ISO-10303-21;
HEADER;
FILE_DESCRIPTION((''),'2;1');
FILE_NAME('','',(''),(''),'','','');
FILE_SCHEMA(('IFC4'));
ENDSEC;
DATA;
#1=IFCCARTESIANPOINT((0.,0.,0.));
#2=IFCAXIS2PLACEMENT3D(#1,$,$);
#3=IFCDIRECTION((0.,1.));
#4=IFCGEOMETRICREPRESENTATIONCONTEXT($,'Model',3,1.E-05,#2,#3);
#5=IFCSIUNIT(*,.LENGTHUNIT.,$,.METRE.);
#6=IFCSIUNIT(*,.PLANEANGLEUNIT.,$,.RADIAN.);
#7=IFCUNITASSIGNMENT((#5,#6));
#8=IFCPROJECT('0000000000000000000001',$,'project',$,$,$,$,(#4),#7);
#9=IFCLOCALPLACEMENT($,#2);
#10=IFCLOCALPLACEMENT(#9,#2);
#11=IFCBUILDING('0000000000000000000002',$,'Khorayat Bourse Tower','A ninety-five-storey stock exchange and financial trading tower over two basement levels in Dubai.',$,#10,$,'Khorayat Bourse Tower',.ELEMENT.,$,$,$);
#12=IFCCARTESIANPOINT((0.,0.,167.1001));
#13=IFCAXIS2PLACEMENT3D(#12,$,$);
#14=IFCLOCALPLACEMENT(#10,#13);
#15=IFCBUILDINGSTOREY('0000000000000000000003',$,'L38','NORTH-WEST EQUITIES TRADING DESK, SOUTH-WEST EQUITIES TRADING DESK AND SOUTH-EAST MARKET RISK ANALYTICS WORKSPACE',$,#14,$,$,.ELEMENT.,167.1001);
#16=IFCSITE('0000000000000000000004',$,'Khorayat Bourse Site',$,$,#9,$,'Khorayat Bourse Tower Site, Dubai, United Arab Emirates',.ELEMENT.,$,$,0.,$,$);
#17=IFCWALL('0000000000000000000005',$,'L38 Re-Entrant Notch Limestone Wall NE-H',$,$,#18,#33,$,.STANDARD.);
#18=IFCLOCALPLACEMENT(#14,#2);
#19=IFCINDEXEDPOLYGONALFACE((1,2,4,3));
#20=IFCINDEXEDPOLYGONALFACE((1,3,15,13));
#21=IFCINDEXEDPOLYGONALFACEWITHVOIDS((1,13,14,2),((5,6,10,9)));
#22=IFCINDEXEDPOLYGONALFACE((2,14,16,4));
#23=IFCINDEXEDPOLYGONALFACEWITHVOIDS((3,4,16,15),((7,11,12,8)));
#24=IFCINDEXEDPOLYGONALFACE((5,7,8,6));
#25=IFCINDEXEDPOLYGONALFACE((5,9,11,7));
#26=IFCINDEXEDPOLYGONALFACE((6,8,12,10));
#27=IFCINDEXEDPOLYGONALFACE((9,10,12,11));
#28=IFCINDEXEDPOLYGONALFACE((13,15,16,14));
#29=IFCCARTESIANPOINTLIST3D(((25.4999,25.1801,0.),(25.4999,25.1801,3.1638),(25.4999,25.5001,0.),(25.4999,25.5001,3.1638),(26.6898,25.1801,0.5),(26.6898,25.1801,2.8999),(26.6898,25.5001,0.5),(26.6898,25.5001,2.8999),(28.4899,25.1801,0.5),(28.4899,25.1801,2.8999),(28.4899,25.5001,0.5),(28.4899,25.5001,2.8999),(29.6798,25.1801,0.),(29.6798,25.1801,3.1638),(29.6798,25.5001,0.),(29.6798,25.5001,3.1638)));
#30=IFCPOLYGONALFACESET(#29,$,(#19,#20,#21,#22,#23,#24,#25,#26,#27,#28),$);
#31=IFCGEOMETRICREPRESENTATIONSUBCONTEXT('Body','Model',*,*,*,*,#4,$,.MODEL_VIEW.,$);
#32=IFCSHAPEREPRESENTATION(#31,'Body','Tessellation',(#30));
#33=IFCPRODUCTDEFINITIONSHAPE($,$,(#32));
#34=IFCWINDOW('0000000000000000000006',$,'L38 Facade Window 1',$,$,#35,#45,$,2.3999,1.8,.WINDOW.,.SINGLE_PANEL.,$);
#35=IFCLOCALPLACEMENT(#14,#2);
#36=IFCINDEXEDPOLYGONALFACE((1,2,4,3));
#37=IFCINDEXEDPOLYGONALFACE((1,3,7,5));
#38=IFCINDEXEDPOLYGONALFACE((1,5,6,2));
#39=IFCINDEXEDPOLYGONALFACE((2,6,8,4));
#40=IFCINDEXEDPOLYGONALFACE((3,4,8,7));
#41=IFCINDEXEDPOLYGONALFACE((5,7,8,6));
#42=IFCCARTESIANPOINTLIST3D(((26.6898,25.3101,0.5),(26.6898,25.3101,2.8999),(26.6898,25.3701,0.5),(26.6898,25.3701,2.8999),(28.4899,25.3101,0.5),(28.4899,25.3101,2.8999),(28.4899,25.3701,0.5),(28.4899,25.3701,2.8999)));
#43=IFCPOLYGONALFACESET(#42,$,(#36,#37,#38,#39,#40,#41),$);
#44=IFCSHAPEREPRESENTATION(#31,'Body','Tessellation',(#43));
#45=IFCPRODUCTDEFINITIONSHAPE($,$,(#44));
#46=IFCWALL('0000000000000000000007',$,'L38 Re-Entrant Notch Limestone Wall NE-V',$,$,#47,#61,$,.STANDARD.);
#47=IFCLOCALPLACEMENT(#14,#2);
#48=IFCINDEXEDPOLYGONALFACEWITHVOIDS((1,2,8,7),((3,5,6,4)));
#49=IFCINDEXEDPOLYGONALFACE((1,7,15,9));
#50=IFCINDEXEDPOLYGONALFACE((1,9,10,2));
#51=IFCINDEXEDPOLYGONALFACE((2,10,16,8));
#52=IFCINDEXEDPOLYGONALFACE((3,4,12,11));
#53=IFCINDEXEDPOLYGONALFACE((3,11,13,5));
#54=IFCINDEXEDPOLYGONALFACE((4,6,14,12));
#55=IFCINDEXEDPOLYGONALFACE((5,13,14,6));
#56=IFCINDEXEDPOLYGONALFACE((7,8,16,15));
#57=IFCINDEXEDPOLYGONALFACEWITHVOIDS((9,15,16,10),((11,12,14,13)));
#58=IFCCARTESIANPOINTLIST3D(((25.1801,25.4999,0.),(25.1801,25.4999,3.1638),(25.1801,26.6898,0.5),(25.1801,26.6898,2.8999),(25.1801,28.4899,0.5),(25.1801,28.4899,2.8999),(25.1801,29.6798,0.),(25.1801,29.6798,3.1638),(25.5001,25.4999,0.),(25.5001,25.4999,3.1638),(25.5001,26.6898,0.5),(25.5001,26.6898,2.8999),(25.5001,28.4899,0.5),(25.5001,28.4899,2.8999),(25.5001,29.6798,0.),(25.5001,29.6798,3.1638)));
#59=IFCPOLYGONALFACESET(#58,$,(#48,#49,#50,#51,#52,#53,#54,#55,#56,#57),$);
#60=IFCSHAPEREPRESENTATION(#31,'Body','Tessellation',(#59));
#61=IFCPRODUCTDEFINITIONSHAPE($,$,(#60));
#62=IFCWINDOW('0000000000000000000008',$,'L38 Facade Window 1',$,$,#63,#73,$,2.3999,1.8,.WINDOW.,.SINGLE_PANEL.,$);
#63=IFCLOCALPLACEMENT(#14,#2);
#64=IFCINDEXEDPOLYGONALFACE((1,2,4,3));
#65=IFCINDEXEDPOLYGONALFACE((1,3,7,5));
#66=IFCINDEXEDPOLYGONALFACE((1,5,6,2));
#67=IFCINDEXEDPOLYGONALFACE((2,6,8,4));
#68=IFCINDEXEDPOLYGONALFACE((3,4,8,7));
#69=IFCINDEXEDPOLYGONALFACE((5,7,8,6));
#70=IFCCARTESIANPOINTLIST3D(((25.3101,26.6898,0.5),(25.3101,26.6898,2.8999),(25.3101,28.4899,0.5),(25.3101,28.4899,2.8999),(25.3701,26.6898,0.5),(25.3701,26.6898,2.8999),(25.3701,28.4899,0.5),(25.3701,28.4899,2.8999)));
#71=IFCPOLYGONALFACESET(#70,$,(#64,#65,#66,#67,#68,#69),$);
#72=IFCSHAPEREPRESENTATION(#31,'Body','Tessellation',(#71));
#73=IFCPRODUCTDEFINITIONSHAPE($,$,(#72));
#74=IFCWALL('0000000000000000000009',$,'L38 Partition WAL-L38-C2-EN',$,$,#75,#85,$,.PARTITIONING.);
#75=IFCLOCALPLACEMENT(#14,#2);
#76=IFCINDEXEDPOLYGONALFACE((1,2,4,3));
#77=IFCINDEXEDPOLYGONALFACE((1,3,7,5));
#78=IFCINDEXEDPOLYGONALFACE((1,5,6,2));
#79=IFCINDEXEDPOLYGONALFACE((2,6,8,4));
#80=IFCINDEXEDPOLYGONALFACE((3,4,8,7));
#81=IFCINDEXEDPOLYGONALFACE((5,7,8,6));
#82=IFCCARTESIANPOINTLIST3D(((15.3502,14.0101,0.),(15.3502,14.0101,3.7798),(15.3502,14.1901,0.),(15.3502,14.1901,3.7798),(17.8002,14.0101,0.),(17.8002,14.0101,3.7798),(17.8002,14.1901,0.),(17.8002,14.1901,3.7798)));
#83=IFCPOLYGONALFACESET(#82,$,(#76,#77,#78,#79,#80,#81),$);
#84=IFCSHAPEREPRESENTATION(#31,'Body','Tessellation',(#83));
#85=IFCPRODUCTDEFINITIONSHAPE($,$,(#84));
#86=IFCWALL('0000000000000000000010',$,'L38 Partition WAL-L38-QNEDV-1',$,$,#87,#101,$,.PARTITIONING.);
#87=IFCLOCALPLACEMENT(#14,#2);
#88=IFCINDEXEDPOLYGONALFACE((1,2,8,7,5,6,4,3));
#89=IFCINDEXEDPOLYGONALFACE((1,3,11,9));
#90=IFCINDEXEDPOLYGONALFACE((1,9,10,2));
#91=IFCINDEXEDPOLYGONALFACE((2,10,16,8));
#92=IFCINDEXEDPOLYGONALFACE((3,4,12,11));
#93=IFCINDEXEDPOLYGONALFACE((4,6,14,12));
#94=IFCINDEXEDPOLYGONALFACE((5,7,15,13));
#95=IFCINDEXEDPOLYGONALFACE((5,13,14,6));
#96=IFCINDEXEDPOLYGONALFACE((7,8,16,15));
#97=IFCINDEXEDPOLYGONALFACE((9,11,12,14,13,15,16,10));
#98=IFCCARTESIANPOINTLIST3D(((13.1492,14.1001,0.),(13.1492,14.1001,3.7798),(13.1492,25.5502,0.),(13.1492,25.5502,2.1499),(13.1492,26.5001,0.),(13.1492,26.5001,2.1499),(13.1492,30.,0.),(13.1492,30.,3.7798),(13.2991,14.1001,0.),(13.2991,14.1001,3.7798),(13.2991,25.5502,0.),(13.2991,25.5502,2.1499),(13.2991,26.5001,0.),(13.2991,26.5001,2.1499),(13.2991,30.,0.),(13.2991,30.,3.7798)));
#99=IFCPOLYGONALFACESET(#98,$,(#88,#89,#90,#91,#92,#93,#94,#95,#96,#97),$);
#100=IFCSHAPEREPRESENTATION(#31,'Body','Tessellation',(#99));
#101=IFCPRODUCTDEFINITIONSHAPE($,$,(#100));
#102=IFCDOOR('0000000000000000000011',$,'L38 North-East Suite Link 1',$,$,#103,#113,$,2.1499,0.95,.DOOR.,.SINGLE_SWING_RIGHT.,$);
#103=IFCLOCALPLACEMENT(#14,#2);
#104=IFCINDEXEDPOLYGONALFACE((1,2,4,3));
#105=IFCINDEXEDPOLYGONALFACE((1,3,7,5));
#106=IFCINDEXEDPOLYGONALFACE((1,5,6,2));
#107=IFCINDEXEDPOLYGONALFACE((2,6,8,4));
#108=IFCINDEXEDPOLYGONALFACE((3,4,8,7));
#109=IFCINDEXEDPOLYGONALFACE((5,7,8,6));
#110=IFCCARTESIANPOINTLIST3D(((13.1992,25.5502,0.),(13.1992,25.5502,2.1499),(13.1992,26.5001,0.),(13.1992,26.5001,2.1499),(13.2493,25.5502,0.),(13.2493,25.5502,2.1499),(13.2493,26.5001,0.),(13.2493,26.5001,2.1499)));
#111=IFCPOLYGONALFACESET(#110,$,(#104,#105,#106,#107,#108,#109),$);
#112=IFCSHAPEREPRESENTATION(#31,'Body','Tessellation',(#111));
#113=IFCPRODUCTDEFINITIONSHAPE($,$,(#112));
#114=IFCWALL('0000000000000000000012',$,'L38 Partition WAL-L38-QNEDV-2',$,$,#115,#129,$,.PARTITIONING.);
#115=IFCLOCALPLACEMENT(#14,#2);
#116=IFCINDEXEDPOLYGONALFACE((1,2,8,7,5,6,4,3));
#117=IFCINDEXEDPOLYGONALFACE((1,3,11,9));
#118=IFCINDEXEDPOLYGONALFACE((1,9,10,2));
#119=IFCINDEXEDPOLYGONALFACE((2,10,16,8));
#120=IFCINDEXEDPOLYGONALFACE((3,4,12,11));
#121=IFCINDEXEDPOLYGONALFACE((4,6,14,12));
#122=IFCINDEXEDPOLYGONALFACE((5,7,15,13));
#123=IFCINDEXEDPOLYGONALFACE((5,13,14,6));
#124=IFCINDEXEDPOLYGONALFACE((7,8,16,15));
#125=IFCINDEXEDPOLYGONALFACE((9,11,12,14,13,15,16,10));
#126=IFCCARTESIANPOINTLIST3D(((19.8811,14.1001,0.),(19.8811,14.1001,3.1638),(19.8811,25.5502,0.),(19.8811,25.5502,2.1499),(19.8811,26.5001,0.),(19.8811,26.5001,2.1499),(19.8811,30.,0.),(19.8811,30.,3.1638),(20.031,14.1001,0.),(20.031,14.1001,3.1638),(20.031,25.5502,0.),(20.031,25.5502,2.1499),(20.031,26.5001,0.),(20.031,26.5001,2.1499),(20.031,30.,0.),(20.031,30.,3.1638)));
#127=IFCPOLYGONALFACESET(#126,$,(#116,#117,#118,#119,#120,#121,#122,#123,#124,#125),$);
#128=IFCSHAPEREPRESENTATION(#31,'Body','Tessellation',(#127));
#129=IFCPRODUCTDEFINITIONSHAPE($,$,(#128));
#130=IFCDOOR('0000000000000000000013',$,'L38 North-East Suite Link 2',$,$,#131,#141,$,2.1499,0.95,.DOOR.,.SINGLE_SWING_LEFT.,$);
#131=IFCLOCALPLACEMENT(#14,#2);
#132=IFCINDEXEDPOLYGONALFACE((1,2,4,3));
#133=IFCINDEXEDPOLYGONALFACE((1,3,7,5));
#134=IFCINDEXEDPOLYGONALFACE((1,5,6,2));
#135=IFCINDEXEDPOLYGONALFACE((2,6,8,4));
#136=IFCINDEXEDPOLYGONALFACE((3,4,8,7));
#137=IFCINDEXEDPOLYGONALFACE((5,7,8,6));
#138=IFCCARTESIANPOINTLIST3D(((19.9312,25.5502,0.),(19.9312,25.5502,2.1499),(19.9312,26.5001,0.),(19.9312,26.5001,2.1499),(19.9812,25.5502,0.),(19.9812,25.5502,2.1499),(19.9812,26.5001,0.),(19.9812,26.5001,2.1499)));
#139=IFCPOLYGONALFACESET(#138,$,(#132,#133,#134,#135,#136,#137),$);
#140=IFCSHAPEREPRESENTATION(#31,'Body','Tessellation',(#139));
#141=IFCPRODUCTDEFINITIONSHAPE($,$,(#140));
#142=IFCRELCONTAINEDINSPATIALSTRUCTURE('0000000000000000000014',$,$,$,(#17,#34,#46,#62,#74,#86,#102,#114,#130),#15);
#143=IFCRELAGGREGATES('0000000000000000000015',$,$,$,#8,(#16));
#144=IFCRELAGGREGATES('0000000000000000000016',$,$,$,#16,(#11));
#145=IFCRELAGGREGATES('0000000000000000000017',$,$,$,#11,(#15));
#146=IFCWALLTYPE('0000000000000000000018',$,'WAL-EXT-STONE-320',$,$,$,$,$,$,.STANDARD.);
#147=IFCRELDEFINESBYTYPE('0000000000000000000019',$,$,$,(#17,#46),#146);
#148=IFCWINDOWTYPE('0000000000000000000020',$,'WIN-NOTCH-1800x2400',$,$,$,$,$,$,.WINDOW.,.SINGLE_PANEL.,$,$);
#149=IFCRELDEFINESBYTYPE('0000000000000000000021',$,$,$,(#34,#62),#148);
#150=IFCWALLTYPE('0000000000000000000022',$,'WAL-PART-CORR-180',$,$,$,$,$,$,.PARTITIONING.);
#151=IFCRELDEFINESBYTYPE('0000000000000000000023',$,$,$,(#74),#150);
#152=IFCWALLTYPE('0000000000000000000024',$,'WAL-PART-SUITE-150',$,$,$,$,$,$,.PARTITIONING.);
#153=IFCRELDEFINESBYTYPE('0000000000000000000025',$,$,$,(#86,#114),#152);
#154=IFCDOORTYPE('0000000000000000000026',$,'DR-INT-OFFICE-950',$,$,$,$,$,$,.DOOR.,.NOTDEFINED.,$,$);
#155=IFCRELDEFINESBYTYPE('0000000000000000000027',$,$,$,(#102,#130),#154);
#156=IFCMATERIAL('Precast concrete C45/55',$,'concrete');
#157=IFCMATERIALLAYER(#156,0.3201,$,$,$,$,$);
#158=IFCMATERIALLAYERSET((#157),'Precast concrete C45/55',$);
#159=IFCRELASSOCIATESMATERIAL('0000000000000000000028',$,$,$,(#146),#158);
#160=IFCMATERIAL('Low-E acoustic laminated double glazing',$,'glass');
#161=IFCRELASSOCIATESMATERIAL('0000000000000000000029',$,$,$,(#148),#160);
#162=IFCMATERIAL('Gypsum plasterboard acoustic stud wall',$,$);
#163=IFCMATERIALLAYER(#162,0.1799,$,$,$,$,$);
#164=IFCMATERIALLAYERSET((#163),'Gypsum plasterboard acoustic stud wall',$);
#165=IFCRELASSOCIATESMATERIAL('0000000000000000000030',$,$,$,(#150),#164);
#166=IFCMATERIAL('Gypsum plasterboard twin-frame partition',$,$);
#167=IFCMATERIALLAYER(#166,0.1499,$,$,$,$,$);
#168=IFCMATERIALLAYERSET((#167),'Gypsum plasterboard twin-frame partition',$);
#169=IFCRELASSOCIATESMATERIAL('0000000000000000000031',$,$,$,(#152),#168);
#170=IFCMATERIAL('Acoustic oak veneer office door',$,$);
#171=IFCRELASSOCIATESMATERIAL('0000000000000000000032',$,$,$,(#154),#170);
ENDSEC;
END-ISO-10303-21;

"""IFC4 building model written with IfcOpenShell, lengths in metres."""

from ifc_helpers import new_model, si_unit, direction, frame, frame_2d, origin, place, context, subcontext, project, spatial, rectangle, extrude, source, transform, mapped, material, layer, layer_set, type_object, element, fill, save


model = new_model("IFC4")

# Units and contexts
model_context = context("Model", 3, precision=1e-05, world=origin(), true_north=direction((0.0, 1.0)))
body_context = subcontext(model_context, "Body", "Model", "MODEL_VIEW")
ifc_project = project(units=[si_unit("LENGTHUNIT", "METRE"), si_unit("PLANEANGLEUNIT", "RADIAN")], contexts=[model_context])

# Site, building, storey
site_placement = place(None, origin())
site = spatial("IfcSite", under=ifc_project, at=site_placement, Name="Khorayat Bourse Site", LongName="Khorayat Bourse Tower Site, Dubai, United Arab Emirates", CompositionType="ELEMENT", RefElevation=0.0)
building_placement = place(site_placement, origin())
building = spatial("IfcBuilding", under=site, at=building_placement, Name="Khorayat Bourse Tower", Description="A ninety-five-storey stock exchange and financial trading tower over two basement levels in Dubai.", LongName="Khorayat Bourse Tower", CompositionType="ELEMENT")
storey_placement = place(building_placement, frame((0.0, 0.0, 167.1001)))
storey = spatial("IfcBuildingStorey", under=building, at=storey_placement, Name="L38", Description="NORTH-WEST EQUITIES TRADING DESK, SOUTH-WEST EQUITIES TRADING DESK AND SOUTH-EAST MARKET RISK ANALYTICS WORKSPACE", CompositionType="ELEMENT", Elevation=167.1001)

# Walls, openings, windows
ifc_material_1 = material(Name="Precast concrete C45/55", Category="concrete")
ifc_layer_1 = layer(ifc_material_1, 0.3201)
ifc_layer_set_1 = layer_set([ifc_layer_1], Name="Precast concrete C45/55")
wall_type_1 = type_object("IfcWallType", Name="WAL-EXT-STONE-320", PredefinedType="STANDARD", material=ifc_layer_set_1)
shared_shape_1 = source(origin(), body_context, "Body", "SweptSolid", [
    extrude(rectangle(XDim=4.1799, YDim=0.3201, at=frame_2d((2.0898, 0.0))), origin(), (0.0, 0.0, 1.0), 3.1638),
])
wall_1_placement = place(storey_placement, frame((25.5, 25.3401, 0.0), z_axis=(0.0, 0.0, 1.0), x_axis=(1.0, 0.0, 0.0)))
wall_1 = element("IfcWall", 1, at=wall_1_placement, inside=storey, type_object=wall_type_1, Name="L38 Re-Entrant Notch Limestone Wall NE-H", PredefinedType="STANDARD", context=body_context, shape_type="MappedRepresentation", body=[
    mapped(shared_shape_1, transform((0.0, 0.0, 0.0), scale=1.0)),
])
shared_shape_2 = source(origin(), body_context, "Body", "SweptSolid", [
    extrude(rectangle(XDim=1.8, YDim=2.3999, at=frame_2d((0.8999, 1.2))), frame((0.0, 0.1699, 0.0), z_axis=(0.0, -1.0, 0.0), x_axis=(1.0, 0.0, 0.0)), (0.0, 0.0, 1.0), 0.3401),
])
opening_1_placement = place(wall_1_placement, frame((1.1899, 0.0, 0.5)))
opening_1 = element("IfcOpeningElement", 2, at=opening_1_placement, cuts=wall_1, PredefinedType="OPENING", context=body_context, shape_type="MappedRepresentation", body=[
    mapped(shared_shape_2, transform((0.0, 0.0, 0.0), scale=1.0)),
])
ifc_material_2 = material(Name="Low-E acoustic laminated double glazing", Category="glass")
window_type = type_object("IfcWindowType", Name="WIN-NOTCH-1800x2400", PartitioningType="SINGLE_PANEL", PredefinedType="WINDOW", material=ifc_material_2)
shared_shape_3 = source(origin(), body_context, "Body", "SweptSolid", [
    extrude(rectangle(XDim=1.8, YDim=2.3999, at=frame_2d((0.8999, 1.2))), frame((0.0, 0.03, 0.0), z_axis=(0.0, -1.0, 0.0), x_axis=(1.0, 0.0, 0.0)), (0.0, 0.0, 1.0), 0.0601),
])
window_1_placement = place(opening_1_placement, origin())
window_1 = element("IfcWindow", 3, at=window_1_placement, inside=storey, type_object=window_type, Name="L38 Facade Window 1", OverallHeight=2.3999, OverallWidth=1.8, PartitioningType="SINGLE_PANEL", PredefinedType="WINDOW", context=body_context, shape_type="MappedRepresentation", body=[
    mapped(shared_shape_3, transform((0.0, 0.0, 0.0), scale=1.0)),
])
fill(opening_1, window_1)
wall_2_placement = place(storey_placement, frame((25.3401, 25.5, 0.0), z_axis=(0.0, 0.0, 1.0), x_axis=(0.0, 1.0, 0.0)))
wall_2 = element("IfcWall", 4, at=wall_2_placement, inside=storey, type_object=wall_type_1, Name="L38 Re-Entrant Notch Limestone Wall NE-V", PredefinedType="STANDARD", context=body_context, shape_type="MappedRepresentation", body=[
    mapped(shared_shape_1, transform((0.0, 0.0, 0.0), scale=1.0)),
])
opening_2_placement = place(wall_2_placement, frame((1.1899, 0.0, 0.5)))
opening_2 = element("IfcOpeningElement", 5, at=opening_2_placement, cuts=wall_2, PredefinedType="OPENING", context=body_context, shape_type="MappedRepresentation", body=[
    mapped(shared_shape_2, transform((0.0, 0.0, 0.0), scale=1.0)),
])
window_2_placement = place(opening_2_placement, origin())
window_2 = element("IfcWindow", 6, at=window_2_placement, inside=storey, type_object=window_type, Name="L38 Facade Window 1", OverallHeight=2.3999, OverallWidth=1.8, PartitioningType="SINGLE_PANEL", PredefinedType="WINDOW", context=body_context, shape_type="MappedRepresentation", body=[
    mapped(shared_shape_3, transform((0.0, 0.0, 0.0), scale=1.0)),
])
fill(opening_2, window_2)

# Wall
ifc_material_3 = material(Name="Gypsum plasterboard acoustic stud wall")
ifc_layer_2 = layer(ifc_material_3, 0.1799)
ifc_layer_set_2 = layer_set([ifc_layer_2], Name="Gypsum plasterboard acoustic stud wall")
wall_type_2 = type_object("IfcWallType", Name="WAL-PART-CORR-180", PredefinedType="PARTITIONING", material=ifc_layer_set_2)
shared_shape_4 = source(origin(), body_context, "Body", "SweptSolid", [
    extrude(rectangle(XDim=2.45, YDim=0.1799, at=frame_2d((1.2251, 0.0))), origin(), (0.0, 0.0, 1.0), 3.7798),
])
wall_3_placement = place(storey_placement, frame((15.3501, 14.1001, 0.0), z_axis=(0.0, 0.0, 1.0), x_axis=(1.0, 0.0, 0.0)))
element("IfcWall", 7, at=wall_3_placement, inside=storey, type_object=wall_type_2, Name="L38 Partition WAL-L38-C2-EN", PredefinedType="PARTITIONING", context=body_context, shape_type="MappedRepresentation", body=[
    mapped(shared_shape_4, transform((0.0, 0.0, 0.0), scale=1.0)),
])

# Walls, openings, doors
ifc_material_4 = material(Name="Gypsum plasterboard twin-frame partition")
ifc_layer_3 = layer(ifc_material_4, 0.1499)
ifc_layer_set_3 = layer_set([ifc_layer_3], Name="Gypsum plasterboard twin-frame partition")
wall_type_3 = type_object("IfcWallType", Name="WAL-PART-SUITE-150", PredefinedType="PARTITIONING", material=ifc_layer_set_3)
shared_shape_5 = source(origin(), body_context, "Body", "SweptSolid", [
    extrude(rectangle(XDim=15.8999, YDim=0.1499, at=frame_2d((7.95, 0.0))), origin(), (0.0, 0.0, 1.0), 3.7798),
])
wall_4_placement = place(storey_placement, frame((13.2241, 14.1001, 0.0), z_axis=(0.0, 0.0, 1.0), x_axis=(0.0, 1.0, 0.0)))
wall_4 = element("IfcWall", 8, at=wall_4_placement, inside=storey, type_object=wall_type_3, Name="L38 Partition WAL-L38-QNEDV-1", PredefinedType="PARTITIONING", context=body_context, shape_type="MappedRepresentation", body=[
    mapped(shared_shape_5, transform((0.0, 0.0, 0.0), scale=1.0)),
])
shared_shape_6 = source(origin(), body_context, "Body", "SweptSolid", [
    extrude(rectangle(XDim=0.95, YDim=2.1499, at=frame_2d((0.4751, 1.075))), frame((0.0, 0.085, 0.0), z_axis=(0.0, -1.0, 0.0), x_axis=(1.0, 0.0, 0.0)), (0.0, 0.0, 1.0), 0.1699),
])
opening_3_placement = place(wall_4_placement, frame((11.45, 0.0, 0.0)))
opening_3 = element("IfcOpeningElement", 9, at=opening_3_placement, cuts=wall_4, PredefinedType="OPENING", context=body_context, shape_type="MappedRepresentation", body=[
    mapped(shared_shape_6, transform((0.0, 0.0, 0.0), scale=1.0)),
])
ifc_material_5 = material(Name="Acoustic oak veneer office door")
door_type = type_object("IfcDoorType", Name="DR-INT-OFFICE-950", OperationType="NOTDEFINED", PredefinedType="DOOR", material=ifc_material_5)
shared_shape_7 = source(origin(), body_context, "Body", "SweptSolid", [
    extrude(rectangle(XDim=0.95, YDim=2.1499, at=frame_2d((0.4751, 1.075))), frame((0.0, 0.0249, 0.0), z_axis=(0.0, -1.0, 0.0), x_axis=(1.0, 0.0, 0.0)), (0.0, 0.0, 1.0), 0.05),
])
door_1_placement = place(opening_3_placement, origin())
door_1 = element("IfcDoor", 10, at=door_1_placement, inside=storey, type_object=door_type, Name="L38 North-East Suite Link 1", OperationType="SINGLE_SWING_RIGHT", OverallHeight=2.1499, OverallWidth=0.95, PredefinedType="DOOR", context=body_context, shape_type="MappedRepresentation", body=[
    mapped(shared_shape_7, transform((0.0, 0.0, 0.0), scale=1.0)),
])
fill(opening_3, door_1)
shared_shape_8 = source(origin(), body_context, "Body", "SweptSolid", [
    extrude(rectangle(XDim=15.8999, YDim=0.1499, at=frame_2d((7.95, 0.0))), origin(), (0.0, 0.0, 1.0), 3.1638),
])
wall_5_placement = place(storey_placement, frame((19.9561, 14.1001, 0.0), z_axis=(0.0, 0.0, 1.0), x_axis=(0.0, 1.0, 0.0)))
wall_5 = element("IfcWall", 11, at=wall_5_placement, inside=storey, type_object=wall_type_3, Name="L38 Partition WAL-L38-QNEDV-2", PredefinedType="PARTITIONING", context=body_context, shape_type="MappedRepresentation", body=[
    mapped(shared_shape_8, transform((0.0, 0.0, 0.0), scale=1.0)),
])
opening_4_placement = place(wall_5_placement, frame((11.45, 0.0, 0.0)))
opening_4 = element("IfcOpeningElement", 12, at=opening_4_placement, cuts=wall_5, PredefinedType="OPENING", context=body_context, shape_type="MappedRepresentation", body=[
    mapped(shared_shape_6, transform((0.0, 0.0, 0.0), scale=1.0)),
])
door_2_placement = place(opening_4_placement, origin())
door_2 = element("IfcDoor", 13, at=door_2_placement, inside=storey, type_object=door_type, Name="L38 North-East Suite Link 2", OperationType="SINGLE_SWING_LEFT", OverallHeight=2.1499, OverallWidth=0.95, PredefinedType="DOOR", context=body_context, shape_type="MappedRepresentation", body=[
    mapped(shared_shape_7, transform((0.0, 0.0, 0.0), scale=1.0)),
])
fill(opening_4, door_2)

save(model, "model.ifc")
